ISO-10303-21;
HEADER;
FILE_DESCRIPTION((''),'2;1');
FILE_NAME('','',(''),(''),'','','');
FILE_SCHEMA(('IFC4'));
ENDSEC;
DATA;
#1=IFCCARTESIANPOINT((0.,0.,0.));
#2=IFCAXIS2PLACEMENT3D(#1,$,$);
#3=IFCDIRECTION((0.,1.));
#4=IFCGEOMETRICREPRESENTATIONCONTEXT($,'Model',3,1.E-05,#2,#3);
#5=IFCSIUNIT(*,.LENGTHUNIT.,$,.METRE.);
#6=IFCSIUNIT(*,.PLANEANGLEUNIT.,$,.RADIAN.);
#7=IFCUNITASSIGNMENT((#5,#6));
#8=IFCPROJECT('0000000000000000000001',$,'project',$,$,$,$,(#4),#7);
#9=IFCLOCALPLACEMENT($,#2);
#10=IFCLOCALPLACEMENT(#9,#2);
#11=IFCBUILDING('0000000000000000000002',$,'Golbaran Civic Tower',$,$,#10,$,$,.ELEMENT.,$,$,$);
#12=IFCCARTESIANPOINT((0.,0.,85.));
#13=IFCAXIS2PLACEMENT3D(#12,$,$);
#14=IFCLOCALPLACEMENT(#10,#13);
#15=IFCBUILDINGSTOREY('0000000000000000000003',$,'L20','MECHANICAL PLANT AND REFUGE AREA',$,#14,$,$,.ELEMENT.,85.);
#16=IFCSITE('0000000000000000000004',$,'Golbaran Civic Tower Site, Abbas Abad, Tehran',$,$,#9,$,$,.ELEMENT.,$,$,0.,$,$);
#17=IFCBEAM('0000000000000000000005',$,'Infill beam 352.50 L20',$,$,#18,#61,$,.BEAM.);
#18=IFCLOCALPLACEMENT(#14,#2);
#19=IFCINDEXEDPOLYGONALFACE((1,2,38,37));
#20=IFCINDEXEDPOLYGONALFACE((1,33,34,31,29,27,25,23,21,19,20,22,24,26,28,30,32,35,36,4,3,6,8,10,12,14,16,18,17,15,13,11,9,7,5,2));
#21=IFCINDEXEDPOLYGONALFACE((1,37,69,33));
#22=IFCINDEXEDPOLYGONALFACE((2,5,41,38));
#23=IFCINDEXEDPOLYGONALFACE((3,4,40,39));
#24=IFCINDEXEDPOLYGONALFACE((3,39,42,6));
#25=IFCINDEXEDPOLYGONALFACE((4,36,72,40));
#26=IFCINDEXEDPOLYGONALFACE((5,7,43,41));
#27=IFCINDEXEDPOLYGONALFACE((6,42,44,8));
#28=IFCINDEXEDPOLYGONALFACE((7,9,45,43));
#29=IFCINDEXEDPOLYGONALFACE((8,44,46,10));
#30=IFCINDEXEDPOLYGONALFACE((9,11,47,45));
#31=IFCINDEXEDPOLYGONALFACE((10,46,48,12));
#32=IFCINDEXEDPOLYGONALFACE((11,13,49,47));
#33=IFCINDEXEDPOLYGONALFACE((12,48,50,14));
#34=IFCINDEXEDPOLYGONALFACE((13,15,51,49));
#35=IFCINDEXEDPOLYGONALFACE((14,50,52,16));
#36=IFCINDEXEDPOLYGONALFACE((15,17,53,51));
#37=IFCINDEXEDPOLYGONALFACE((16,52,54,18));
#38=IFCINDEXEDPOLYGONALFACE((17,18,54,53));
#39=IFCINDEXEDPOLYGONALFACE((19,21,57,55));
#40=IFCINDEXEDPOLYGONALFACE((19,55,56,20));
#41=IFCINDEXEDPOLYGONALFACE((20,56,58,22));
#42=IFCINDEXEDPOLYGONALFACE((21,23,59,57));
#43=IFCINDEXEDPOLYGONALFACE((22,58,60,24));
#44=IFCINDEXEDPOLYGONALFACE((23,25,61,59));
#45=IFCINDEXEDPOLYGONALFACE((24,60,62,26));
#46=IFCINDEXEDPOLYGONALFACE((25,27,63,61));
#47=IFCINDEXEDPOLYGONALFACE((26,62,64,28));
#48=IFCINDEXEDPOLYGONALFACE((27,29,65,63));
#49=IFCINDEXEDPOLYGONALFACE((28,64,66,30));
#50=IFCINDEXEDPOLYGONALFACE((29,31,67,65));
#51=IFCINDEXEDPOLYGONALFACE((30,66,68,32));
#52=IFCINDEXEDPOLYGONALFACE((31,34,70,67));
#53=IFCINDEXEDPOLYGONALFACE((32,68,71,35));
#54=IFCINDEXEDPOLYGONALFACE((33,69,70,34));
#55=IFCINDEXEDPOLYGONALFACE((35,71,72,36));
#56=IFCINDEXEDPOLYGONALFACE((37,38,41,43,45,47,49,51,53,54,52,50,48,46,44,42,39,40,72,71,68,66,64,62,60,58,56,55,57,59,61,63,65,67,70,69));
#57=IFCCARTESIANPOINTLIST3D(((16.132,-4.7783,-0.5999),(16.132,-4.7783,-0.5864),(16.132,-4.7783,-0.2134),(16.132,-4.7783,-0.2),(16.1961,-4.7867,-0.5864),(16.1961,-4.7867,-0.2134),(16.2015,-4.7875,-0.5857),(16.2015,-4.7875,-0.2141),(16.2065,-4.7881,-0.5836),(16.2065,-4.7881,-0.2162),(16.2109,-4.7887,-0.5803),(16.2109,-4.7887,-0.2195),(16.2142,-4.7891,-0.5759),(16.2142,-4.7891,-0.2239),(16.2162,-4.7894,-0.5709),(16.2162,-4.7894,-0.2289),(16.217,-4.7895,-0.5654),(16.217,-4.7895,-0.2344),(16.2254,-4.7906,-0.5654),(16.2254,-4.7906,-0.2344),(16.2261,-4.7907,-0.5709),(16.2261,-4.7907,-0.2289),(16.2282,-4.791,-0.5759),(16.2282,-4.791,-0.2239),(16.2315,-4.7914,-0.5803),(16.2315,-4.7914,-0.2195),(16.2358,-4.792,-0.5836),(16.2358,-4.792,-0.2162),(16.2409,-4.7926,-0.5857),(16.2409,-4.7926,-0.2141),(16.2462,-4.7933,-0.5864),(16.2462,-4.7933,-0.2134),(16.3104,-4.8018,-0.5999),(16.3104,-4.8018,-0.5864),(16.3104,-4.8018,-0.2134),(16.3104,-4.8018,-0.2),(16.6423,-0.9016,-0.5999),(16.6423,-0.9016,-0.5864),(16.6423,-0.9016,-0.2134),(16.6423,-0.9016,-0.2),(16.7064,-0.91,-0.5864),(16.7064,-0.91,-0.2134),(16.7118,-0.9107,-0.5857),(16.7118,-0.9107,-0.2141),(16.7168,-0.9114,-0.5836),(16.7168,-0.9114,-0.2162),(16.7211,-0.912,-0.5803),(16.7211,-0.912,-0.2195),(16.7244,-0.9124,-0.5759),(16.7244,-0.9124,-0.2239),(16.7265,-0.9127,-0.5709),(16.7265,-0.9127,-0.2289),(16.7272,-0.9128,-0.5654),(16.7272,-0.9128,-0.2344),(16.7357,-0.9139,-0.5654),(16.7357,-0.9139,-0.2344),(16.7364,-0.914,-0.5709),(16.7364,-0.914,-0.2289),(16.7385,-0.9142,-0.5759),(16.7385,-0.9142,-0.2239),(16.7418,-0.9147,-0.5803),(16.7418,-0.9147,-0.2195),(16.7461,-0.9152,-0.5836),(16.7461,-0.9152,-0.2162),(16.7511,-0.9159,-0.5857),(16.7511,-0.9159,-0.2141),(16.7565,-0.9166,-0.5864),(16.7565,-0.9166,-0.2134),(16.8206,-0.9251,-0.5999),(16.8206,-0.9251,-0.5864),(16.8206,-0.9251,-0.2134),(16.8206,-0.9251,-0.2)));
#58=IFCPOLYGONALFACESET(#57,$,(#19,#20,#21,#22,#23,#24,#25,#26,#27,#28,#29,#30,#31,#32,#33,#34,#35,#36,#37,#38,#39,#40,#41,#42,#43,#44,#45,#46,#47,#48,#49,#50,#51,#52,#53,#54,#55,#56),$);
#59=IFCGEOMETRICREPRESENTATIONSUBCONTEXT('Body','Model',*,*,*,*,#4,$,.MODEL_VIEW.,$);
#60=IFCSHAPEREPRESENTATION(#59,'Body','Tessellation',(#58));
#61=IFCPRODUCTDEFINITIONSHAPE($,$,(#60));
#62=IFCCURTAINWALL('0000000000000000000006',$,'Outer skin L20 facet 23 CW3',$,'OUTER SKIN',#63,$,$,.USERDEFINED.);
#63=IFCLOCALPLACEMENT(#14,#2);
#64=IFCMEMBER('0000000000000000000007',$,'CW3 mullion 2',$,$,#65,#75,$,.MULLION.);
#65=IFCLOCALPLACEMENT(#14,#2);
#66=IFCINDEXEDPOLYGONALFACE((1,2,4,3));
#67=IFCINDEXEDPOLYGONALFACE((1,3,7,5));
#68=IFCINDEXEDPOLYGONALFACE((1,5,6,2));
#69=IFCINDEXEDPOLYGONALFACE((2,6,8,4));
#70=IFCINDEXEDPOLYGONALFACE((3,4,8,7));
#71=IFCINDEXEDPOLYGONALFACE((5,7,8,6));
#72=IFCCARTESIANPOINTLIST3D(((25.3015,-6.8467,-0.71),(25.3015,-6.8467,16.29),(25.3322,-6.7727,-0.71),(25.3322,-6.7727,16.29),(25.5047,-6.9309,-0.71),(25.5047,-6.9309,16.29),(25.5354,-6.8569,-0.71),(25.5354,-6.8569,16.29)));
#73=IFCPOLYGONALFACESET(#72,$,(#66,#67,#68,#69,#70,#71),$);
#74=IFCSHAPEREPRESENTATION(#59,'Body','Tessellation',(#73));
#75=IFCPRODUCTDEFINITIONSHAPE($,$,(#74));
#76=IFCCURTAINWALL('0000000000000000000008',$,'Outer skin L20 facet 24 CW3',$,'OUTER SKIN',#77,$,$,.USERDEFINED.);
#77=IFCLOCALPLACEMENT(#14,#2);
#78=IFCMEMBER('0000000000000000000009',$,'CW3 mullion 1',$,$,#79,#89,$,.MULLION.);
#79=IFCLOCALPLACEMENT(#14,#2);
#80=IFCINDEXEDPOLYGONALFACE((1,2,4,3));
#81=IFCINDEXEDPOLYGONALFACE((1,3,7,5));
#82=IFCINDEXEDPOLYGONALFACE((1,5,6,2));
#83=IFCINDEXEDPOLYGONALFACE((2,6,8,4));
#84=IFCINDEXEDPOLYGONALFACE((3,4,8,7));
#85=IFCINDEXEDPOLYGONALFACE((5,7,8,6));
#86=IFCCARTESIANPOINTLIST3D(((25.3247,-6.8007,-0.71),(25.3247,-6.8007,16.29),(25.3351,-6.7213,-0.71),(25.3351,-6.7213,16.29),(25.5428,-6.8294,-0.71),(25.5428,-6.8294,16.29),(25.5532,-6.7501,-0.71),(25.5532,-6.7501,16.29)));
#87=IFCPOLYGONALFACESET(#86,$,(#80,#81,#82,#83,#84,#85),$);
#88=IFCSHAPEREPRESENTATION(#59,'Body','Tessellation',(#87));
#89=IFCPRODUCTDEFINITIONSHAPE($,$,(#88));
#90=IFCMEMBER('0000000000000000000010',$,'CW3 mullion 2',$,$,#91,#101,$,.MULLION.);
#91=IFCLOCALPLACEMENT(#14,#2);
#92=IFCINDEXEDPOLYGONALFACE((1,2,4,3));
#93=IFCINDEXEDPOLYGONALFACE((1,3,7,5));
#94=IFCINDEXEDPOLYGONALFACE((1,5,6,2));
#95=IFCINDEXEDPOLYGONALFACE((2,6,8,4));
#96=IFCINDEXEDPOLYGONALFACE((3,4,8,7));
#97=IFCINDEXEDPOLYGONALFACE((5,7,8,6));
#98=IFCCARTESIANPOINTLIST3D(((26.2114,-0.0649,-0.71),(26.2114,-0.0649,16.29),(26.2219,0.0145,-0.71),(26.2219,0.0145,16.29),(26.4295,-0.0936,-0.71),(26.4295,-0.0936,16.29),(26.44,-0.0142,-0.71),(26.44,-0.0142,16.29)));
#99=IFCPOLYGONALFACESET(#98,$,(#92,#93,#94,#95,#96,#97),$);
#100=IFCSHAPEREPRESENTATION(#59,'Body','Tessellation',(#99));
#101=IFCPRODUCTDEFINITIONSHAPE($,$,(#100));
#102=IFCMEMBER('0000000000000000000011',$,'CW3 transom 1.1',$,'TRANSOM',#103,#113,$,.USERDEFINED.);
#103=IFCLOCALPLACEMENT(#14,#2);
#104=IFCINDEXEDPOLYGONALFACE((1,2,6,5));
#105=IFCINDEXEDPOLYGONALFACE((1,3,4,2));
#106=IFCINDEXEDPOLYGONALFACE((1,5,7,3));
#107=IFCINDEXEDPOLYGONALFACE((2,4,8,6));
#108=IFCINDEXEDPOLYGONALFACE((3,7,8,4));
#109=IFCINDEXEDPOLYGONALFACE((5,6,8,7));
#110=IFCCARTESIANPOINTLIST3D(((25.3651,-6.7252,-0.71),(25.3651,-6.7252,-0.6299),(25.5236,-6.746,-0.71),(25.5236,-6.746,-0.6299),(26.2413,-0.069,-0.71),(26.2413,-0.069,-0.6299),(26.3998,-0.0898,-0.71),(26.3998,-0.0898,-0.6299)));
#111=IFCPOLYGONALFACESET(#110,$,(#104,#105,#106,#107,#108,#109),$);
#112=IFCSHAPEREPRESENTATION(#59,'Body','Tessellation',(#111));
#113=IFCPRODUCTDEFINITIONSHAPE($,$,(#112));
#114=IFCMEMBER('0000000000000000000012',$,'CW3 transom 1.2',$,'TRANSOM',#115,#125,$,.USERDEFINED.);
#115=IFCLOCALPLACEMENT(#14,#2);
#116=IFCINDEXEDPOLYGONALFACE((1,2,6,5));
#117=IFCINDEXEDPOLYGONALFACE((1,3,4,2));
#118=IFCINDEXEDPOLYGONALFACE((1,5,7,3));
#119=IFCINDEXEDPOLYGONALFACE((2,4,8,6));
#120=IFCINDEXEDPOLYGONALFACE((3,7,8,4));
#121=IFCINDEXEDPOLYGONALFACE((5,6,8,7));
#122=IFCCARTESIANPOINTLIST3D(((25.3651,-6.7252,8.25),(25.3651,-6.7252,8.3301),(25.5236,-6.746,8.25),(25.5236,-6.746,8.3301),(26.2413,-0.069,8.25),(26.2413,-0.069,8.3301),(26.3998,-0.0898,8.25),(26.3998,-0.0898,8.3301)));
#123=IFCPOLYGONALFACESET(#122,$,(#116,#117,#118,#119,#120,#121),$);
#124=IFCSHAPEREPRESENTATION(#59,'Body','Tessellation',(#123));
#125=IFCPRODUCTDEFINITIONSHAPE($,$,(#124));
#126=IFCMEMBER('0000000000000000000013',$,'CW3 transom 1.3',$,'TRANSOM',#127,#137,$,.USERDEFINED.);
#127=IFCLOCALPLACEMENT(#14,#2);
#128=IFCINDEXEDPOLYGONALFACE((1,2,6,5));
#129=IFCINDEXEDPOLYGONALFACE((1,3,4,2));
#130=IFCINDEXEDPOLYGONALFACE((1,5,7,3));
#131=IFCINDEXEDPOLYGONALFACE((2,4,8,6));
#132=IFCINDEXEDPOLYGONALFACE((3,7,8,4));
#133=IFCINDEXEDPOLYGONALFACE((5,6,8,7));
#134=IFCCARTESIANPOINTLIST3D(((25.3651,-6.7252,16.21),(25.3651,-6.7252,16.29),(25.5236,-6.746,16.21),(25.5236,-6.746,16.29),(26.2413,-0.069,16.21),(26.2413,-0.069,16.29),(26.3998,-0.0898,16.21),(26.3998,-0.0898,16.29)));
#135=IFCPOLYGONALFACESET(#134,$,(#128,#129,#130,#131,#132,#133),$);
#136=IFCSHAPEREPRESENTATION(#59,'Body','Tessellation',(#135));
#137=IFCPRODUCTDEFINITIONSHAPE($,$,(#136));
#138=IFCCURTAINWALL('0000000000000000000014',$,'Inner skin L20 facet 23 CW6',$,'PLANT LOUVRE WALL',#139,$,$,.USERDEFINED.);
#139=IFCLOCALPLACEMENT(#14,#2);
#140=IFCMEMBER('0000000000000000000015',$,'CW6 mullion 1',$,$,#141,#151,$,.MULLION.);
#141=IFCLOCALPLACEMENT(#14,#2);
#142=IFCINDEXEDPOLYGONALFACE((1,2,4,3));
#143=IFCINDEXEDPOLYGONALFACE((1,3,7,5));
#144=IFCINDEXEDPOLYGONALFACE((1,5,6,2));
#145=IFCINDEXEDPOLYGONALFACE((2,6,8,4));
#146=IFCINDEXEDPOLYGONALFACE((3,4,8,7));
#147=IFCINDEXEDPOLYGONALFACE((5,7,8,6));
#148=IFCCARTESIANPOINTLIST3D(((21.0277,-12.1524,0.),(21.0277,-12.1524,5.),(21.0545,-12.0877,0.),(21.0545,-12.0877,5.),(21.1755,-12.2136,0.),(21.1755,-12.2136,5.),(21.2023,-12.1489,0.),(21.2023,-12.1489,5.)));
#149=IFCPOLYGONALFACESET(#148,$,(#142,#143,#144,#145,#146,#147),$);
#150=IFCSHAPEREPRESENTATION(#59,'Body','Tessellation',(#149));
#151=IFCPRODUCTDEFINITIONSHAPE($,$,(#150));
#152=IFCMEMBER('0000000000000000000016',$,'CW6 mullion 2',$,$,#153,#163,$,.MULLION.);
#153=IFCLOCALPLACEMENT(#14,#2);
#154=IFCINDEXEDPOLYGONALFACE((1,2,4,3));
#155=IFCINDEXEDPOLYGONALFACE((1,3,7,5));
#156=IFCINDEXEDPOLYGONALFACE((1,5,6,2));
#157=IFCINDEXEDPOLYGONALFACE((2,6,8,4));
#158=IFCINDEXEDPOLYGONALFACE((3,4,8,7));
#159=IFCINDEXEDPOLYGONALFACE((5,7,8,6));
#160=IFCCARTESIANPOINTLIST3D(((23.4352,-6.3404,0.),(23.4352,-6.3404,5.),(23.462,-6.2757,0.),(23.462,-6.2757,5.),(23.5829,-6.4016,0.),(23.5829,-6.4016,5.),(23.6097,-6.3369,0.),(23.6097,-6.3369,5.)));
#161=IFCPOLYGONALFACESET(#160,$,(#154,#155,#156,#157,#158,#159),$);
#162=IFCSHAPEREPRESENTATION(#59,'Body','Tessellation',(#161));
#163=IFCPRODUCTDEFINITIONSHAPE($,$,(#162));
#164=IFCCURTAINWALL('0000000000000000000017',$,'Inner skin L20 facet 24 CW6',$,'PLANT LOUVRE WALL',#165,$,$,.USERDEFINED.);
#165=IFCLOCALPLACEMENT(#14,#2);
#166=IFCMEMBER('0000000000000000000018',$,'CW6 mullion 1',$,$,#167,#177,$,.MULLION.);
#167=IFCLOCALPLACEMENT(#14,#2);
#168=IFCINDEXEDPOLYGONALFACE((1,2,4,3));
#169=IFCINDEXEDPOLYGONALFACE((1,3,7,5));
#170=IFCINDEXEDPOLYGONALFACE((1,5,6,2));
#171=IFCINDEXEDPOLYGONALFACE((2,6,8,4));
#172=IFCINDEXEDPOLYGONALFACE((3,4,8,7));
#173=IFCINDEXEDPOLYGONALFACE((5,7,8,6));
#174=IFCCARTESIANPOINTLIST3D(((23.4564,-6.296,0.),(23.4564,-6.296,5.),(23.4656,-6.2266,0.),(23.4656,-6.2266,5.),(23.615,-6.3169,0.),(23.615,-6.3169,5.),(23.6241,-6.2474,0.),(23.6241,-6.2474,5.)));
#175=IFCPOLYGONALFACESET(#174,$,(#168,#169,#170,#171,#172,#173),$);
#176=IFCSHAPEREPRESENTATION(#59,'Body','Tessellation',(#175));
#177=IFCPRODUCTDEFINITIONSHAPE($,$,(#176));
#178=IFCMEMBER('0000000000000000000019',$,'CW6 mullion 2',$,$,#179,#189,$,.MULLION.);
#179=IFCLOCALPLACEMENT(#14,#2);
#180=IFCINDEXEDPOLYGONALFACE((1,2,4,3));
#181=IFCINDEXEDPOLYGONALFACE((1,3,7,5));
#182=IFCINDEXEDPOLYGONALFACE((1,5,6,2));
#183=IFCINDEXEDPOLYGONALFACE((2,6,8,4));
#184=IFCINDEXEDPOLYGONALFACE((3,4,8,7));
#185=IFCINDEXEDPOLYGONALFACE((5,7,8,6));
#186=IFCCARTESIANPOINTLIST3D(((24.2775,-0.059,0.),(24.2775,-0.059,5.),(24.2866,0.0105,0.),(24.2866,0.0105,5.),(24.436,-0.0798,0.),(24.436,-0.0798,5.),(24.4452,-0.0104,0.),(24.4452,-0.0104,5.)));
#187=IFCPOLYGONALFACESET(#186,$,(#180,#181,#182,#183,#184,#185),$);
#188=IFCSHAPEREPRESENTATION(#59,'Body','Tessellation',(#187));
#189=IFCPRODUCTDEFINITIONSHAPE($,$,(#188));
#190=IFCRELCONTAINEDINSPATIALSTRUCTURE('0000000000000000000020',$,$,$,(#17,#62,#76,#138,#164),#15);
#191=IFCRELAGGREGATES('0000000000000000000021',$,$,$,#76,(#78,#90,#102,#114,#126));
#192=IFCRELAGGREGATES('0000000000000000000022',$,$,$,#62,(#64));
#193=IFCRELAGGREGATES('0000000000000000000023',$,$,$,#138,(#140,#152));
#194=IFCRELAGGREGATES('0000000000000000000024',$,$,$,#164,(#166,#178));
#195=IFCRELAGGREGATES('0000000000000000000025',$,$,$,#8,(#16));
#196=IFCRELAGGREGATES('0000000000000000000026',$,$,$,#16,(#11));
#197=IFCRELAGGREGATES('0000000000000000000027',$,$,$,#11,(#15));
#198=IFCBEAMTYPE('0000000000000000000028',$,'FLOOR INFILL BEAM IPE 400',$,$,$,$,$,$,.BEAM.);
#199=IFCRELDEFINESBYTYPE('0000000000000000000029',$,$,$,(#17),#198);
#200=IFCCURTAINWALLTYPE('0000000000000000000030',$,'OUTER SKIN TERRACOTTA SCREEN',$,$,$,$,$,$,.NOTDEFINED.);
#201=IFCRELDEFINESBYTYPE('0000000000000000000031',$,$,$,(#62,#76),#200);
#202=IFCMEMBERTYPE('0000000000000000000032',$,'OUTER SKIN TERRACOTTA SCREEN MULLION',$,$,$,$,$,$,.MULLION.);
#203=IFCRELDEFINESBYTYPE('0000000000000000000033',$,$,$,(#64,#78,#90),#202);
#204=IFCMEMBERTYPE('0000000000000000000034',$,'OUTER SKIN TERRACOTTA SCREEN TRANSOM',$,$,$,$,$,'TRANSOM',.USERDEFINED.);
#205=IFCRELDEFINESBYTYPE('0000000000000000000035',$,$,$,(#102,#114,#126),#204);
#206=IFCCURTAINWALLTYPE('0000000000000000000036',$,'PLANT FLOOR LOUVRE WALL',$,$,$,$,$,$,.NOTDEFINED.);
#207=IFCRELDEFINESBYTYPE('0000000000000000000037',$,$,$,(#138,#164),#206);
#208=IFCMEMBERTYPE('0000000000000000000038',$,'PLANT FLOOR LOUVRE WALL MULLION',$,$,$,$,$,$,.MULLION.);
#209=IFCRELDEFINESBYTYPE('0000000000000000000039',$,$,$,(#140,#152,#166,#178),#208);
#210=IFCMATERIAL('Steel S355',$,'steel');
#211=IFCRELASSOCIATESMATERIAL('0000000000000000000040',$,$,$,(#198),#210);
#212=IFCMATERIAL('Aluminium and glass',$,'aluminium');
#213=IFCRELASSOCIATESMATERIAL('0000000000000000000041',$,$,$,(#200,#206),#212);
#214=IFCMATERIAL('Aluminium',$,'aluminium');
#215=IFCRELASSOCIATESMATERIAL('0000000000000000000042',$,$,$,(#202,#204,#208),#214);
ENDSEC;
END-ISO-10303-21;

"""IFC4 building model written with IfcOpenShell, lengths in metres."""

from ifc_helpers import new_model, si_unit, direction, frame, origin, origin_2d, place, context, subcontext, project, spatial, rectangle, i_section, extrude, material, material_profile, profile_set, type_object, element, aggregate, save


model = new_model("IFC4")

# Units and contexts
model_context = context("Model", 3, precision=1e-05, world=origin(), true_north=direction((0.0, 1.0)))
body_context = subcontext(model_context, "Body", "Model", "MODEL_VIEW")
ifc_project = project(units=[si_unit("LENGTHUNIT", "METRE"), si_unit("PLANEANGLEUNIT", "RADIAN")], contexts=[model_context])

# Site, building, storey
site_placement = place(None, origin())
site = spatial("IfcSite", under=ifc_project, at=site_placement, Name="Golbaran Civic Tower Site, Abbas Abad, Tehran", CompositionType="ELEMENT", RefElevation=0.0)
building_placement = place(site_placement, origin())
building = spatial("IfcBuilding", under=site, at=building_placement, Name="Golbaran Civic Tower", CompositionType="ELEMENT")
storey_placement = place(building_placement, frame((0.0, 0.0, 85.0)))
storey = spatial("IfcBuildingStorey", under=building, at=storey_placement, Name="L20", Description="MECHANICAL PLANT AND REFUGE AREA", CompositionType="ELEMENT", Elevation=85.0)

# Shared definitions
ifc_material_1 = material(Name="Steel S355", Category="steel")

# Beam
ifc_material_profile_1 = material_profile(ifc_material_1, i_section(OverallWidth=0.1799, OverallDepth=0.3999, WebThickness=0.0085, FlangeThickness=0.0134, FilletRadius=0.021, at=origin_2d()), Name="IPE 400")
ifc_profile_set_1 = profile_set([ifc_material_profile_1], Name="Steel S355")
beam_type_1 = type_object("IfcBeamType", Name="FLOOR INFILL BEAM IPE 400", PredefinedType="BEAM", material=ifc_profile_set_1)
beam_1_placement = place(storey_placement, frame((16.2212, -4.79, -0.3999), z_axis=(0.130495, 0.991449, 0.0), x_axis=(-0.991449, 0.130495, 0.0)))
element("IfcBeam", 1, at=beam_1_placement, inside=storey, type_object=beam_type_1, Name="Infill beam 352.50 L20", PredefinedType="BEAM", context=body_context, shape_type="SweptSolid", body=[
    extrude(i_section(OverallWidth=0.1799, OverallDepth=0.3999, WebThickness=0.0085, FlangeThickness=0.0134, FilletRadius=0.021, at=origin_2d()), origin(), (0.0, 0.0, 1.0), 3.9102),
])

# Curtain wall, member
ifc_material_2 = material(Name="Aluminium and glass", Category="aluminium")
curtain_wall_type_1 = type_object("IfcCurtainWallType", Name="OUTER SKIN TERRACOTTA SCREEN", PredefinedType="NOTDEFINED", material=ifc_material_2)
curtain_wall_1_placement = place(storey_placement, origin())
curtain_wall_1 = element("IfcCurtainWall", 2, at=curtain_wall_1_placement, inside=storey, type_object=curtain_wall_type_1, Name="Outer skin L20 facet 23 CW3", ObjectType="OUTER SKIN", PredefinedType="USERDEFINED")
ifc_material_3 = material(Name="Aluminium", Category="aluminium")
ifc_material_profile_2 = material_profile(ifc_material_3, rectangle(XDim=0.22, YDim=0.0801, at=origin_2d()), Name="OUTER SKIN TERRACOTTA SCREEN MULLION")
ifc_profile_set_2 = profile_set([ifc_material_profile_2], Name="Aluminium")
member_type_1 = type_object("IfcMemberType", Name="OUTER SKIN TERRACOTTA SCREEN MULLION", PredefinedType="MULLION", material=ifc_profile_set_2)
member_1_placement = place(storey_placement, frame((25.4185, -6.8518, -0.71), z_axis=(0.0, 0.0, 1.0), x_axis=(-0.92388, 0.382683, 0.0)))
member_1 = element("IfcMember", 3, at=member_1_placement, type_object=member_type_1, Name="CW3 mullion 2", PredefinedType="MULLION", context=body_context, shape_type="SweptSolid", body=[
    extrude(rectangle(XDim=0.22, YDim=0.0801, at=origin_2d()), origin(), (0.0, 0.0, 1.0), 17.0),
])

# Curtain walls, members
curtain_wall_2_placement = place(storey_placement, origin())
curtain_wall_2 = element("IfcCurtainWall", 4, at=curtain_wall_2_placement, inside=storey, type_object=curtain_wall_type_1, Name="Outer skin L20 facet 24 CW3", ObjectType="OUTER SKIN", PredefinedType="USERDEFINED")
member_2_placement = place(storey_placement, frame((25.439, -6.7754, -0.71), z_axis=(0.0, 0.0, 1.0), x_axis=(-0.991445, 0.130526, 0.0)))
member_2 = element("IfcMember", 5, at=member_2_placement, type_object=member_type_1, Name="CW3 mullion 1", PredefinedType="MULLION", context=body_context, shape_type="SweptSolid", body=[
    extrude(rectangle(XDim=0.22, YDim=0.0801, at=origin_2d()), origin(), (0.0, 0.0, 1.0), 17.0),
])
member_3_placement = place(storey_placement, frame((26.3257, -0.0396, -0.71), z_axis=(0.0, 0.0, 1.0), x_axis=(-0.991445, 0.130526, 0.0)))
member_3 = element("IfcMember", 6, at=member_3_placement, type_object=member_type_1, Name="CW3 mullion 2", PredefinedType="MULLION", context=body_context, shape_type="SweptSolid", body=[
    extrude(rectangle(XDim=0.22, YDim=0.0801, at=origin_2d()), origin(), (0.0, 0.0, 1.0), 17.0),
])
ifc_material_profile_3 = material_profile(ifc_material_3, rectangle(XDim=0.1599, YDim=0.0801, at=origin_2d()), Name="OUTER SKIN TERRACOTTA SCREEN TRANSOM")
ifc_profile_set_3 = profile_set([ifc_material_profile_3], Name="Aluminium")
member_type_2 = type_object("IfcMemberType", Name="OUTER SKIN TERRACOTTA SCREEN TRANSOM", ElementType="TRANSOM", PredefinedType="USERDEFINED", material=ifc_profile_set_3)
member_4_placement = place(storey_placement, frame((25.4443, -6.7356, -0.6699), z_axis=(0.130513, 0.991447, 0.0), x_axis=(-0.991447, 0.130513, 0.0)))
member_4 = element("IfcMember", 7, at=member_4_placement, type_object=member_type_2, Name="CW3 transom 1.1", ObjectType="TRANSOM", PredefinedType="USERDEFINED", context=body_context, shape_type="SweptSolid", body=[
    extrude(rectangle(XDim=0.1599, YDim=0.0801, at=origin_2d()), origin(), (0.0, 0.0, 1.0), 6.7136),
])
member_5_placement = place(storey_placement, frame((25.4443, -6.7356, 8.29), z_axis=(0.130513, 0.991447, 0.0), x_axis=(-0.991447, 0.130513, 0.0)))
member_5 = element("IfcMember", 8, at=member_5_placement, type_object=member_type_2, Name="CW3 transom 1.2", ObjectType="TRANSOM", PredefinedType="USERDEFINED", context=body_context, shape_type="SweptSolid", body=[
    extrude(rectangle(XDim=0.1599, YDim=0.0801, at=origin_2d()), origin(), (0.0, 0.0, 1.0), 6.7136),
])
member_6_placement = place(storey_placement, frame((25.4443, -6.7356, 16.25), z_axis=(0.130513, 0.991447, 0.0), x_axis=(-0.991447, 0.130513, 0.0)))
member_6 = element("IfcMember", 9, at=member_6_placement, type_object=member_type_2, Name="CW3 transom 1.3", ObjectType="TRANSOM", PredefinedType="USERDEFINED", context=body_context, shape_type="SweptSolid", body=[
    extrude(rectangle(XDim=0.1599, YDim=0.0801, at=origin_2d()), origin(), (0.0, 0.0, 1.0), 6.7136),
])
curtain_wall_type_2 = type_object("IfcCurtainWallType", Name="PLANT FLOOR LOUVRE WALL", PredefinedType="NOTDEFINED", material=ifc_material_2)
curtain_wall_3_placement = place(storey_placement, origin())
curtain_wall_3 = element("IfcCurtainWall", 10, at=curtain_wall_3_placement, inside=storey, type_object=curtain_wall_type_2, Name="Inner skin L20 facet 23 CW6", ObjectType="PLANT LOUVRE WALL", PredefinedType="USERDEFINED")
ifc_material_profile_4 = material_profile(ifc_material_3, rectangle(XDim=0.1599, YDim=0.0701, at=origin_2d()), Name="PLANT FLOOR LOUVRE WALL MULLION")
ifc_profile_set_4 = profile_set([ifc_material_profile_4], Name="Aluminium")
member_type_3 = type_object("IfcMemberType", Name="PLANT FLOOR LOUVRE WALL MULLION", PredefinedType="MULLION", material=ifc_profile_set_4)
member_7_placement = place(storey_placement, frame((21.115, -12.1506, 0.0), z_axis=(0.0, 0.0, 1.0), x_axis=(-0.92388, 0.382683, 0.0)))
member_7 = element("IfcMember", 11, at=member_7_placement, type_object=member_type_3, Name="CW6 mullion 1", PredefinedType="MULLION", context=body_context, shape_type="SweptSolid", body=[
    extrude(rectangle(XDim=0.1599, YDim=0.0701, at=origin_2d()), origin(), (0.0, 0.0, 1.0), 5.0),
])
member_8_placement = place(storey_placement, frame((23.5225, -6.3386, 0.0), z_axis=(0.0, 0.0, 1.0), x_axis=(-0.92388, 0.382683, 0.0)))
member_8 = element("IfcMember", 12, at=member_8_placement, type_object=member_type_3, Name="CW6 mullion 2", PredefinedType="MULLION", context=body_context, shape_type="SweptSolid", body=[
    extrude(rectangle(XDim=0.1599, YDim=0.0701, at=origin_2d()), origin(), (0.0, 0.0, 1.0), 5.0),
])
curtain_wall_4_placement = place(storey_placement, origin())
curtain_wall_4 = element("IfcCurtainWall", 13, at=curtain_wall_4_placement, inside=storey, type_object=curtain_wall_type_2, Name="Inner skin L20 facet 24 CW6", ObjectType="PLANT LOUVRE WALL", PredefinedType="USERDEFINED")
member_9_placement = place(storey_placement, frame((23.5403, -6.2717, 0.0), z_axis=(0.0, 0.0, 1.0), x_axis=(-0.991445, 0.130526, 0.0)))
member_9 = element("IfcMember", 14, at=member_9_placement, type_object=member_type_3, Name="CW6 mullion 1", PredefinedType="MULLION", context=body_context, shape_type="SweptSolid", body=[
    extrude(rectangle(XDim=0.1599, YDim=0.0701, at=origin_2d()), origin(), (0.0, 0.0, 1.0), 5.0),
])
member_10_placement = place(storey_placement, frame((24.3613, -0.0347, 0.0), z_axis=(0.0, 0.0, 1.0), x_axis=(-0.991445, 0.130526, 0.0)))
member_10 = element("IfcMember", 15, at=member_10_placement, type_object=member_type_3, Name="CW6 mullion 2", PredefinedType="MULLION", context=body_context, shape_type="SweptSolid", body=[
    extrude(rectangle(XDim=0.1599, YDim=0.0701, at=origin_2d()), origin(), (0.0, 0.0, 1.0), 5.0),
])

aggregate(curtain_wall_2, [member_2, member_3, member_4, member_5, member_6])
aggregate(curtain_wall_1, [member_1])
aggregate(curtain_wall_3, [member_7, member_8])
aggregate(curtain_wall_4, [member_9, member_10])

save(model, "model.ifc")
